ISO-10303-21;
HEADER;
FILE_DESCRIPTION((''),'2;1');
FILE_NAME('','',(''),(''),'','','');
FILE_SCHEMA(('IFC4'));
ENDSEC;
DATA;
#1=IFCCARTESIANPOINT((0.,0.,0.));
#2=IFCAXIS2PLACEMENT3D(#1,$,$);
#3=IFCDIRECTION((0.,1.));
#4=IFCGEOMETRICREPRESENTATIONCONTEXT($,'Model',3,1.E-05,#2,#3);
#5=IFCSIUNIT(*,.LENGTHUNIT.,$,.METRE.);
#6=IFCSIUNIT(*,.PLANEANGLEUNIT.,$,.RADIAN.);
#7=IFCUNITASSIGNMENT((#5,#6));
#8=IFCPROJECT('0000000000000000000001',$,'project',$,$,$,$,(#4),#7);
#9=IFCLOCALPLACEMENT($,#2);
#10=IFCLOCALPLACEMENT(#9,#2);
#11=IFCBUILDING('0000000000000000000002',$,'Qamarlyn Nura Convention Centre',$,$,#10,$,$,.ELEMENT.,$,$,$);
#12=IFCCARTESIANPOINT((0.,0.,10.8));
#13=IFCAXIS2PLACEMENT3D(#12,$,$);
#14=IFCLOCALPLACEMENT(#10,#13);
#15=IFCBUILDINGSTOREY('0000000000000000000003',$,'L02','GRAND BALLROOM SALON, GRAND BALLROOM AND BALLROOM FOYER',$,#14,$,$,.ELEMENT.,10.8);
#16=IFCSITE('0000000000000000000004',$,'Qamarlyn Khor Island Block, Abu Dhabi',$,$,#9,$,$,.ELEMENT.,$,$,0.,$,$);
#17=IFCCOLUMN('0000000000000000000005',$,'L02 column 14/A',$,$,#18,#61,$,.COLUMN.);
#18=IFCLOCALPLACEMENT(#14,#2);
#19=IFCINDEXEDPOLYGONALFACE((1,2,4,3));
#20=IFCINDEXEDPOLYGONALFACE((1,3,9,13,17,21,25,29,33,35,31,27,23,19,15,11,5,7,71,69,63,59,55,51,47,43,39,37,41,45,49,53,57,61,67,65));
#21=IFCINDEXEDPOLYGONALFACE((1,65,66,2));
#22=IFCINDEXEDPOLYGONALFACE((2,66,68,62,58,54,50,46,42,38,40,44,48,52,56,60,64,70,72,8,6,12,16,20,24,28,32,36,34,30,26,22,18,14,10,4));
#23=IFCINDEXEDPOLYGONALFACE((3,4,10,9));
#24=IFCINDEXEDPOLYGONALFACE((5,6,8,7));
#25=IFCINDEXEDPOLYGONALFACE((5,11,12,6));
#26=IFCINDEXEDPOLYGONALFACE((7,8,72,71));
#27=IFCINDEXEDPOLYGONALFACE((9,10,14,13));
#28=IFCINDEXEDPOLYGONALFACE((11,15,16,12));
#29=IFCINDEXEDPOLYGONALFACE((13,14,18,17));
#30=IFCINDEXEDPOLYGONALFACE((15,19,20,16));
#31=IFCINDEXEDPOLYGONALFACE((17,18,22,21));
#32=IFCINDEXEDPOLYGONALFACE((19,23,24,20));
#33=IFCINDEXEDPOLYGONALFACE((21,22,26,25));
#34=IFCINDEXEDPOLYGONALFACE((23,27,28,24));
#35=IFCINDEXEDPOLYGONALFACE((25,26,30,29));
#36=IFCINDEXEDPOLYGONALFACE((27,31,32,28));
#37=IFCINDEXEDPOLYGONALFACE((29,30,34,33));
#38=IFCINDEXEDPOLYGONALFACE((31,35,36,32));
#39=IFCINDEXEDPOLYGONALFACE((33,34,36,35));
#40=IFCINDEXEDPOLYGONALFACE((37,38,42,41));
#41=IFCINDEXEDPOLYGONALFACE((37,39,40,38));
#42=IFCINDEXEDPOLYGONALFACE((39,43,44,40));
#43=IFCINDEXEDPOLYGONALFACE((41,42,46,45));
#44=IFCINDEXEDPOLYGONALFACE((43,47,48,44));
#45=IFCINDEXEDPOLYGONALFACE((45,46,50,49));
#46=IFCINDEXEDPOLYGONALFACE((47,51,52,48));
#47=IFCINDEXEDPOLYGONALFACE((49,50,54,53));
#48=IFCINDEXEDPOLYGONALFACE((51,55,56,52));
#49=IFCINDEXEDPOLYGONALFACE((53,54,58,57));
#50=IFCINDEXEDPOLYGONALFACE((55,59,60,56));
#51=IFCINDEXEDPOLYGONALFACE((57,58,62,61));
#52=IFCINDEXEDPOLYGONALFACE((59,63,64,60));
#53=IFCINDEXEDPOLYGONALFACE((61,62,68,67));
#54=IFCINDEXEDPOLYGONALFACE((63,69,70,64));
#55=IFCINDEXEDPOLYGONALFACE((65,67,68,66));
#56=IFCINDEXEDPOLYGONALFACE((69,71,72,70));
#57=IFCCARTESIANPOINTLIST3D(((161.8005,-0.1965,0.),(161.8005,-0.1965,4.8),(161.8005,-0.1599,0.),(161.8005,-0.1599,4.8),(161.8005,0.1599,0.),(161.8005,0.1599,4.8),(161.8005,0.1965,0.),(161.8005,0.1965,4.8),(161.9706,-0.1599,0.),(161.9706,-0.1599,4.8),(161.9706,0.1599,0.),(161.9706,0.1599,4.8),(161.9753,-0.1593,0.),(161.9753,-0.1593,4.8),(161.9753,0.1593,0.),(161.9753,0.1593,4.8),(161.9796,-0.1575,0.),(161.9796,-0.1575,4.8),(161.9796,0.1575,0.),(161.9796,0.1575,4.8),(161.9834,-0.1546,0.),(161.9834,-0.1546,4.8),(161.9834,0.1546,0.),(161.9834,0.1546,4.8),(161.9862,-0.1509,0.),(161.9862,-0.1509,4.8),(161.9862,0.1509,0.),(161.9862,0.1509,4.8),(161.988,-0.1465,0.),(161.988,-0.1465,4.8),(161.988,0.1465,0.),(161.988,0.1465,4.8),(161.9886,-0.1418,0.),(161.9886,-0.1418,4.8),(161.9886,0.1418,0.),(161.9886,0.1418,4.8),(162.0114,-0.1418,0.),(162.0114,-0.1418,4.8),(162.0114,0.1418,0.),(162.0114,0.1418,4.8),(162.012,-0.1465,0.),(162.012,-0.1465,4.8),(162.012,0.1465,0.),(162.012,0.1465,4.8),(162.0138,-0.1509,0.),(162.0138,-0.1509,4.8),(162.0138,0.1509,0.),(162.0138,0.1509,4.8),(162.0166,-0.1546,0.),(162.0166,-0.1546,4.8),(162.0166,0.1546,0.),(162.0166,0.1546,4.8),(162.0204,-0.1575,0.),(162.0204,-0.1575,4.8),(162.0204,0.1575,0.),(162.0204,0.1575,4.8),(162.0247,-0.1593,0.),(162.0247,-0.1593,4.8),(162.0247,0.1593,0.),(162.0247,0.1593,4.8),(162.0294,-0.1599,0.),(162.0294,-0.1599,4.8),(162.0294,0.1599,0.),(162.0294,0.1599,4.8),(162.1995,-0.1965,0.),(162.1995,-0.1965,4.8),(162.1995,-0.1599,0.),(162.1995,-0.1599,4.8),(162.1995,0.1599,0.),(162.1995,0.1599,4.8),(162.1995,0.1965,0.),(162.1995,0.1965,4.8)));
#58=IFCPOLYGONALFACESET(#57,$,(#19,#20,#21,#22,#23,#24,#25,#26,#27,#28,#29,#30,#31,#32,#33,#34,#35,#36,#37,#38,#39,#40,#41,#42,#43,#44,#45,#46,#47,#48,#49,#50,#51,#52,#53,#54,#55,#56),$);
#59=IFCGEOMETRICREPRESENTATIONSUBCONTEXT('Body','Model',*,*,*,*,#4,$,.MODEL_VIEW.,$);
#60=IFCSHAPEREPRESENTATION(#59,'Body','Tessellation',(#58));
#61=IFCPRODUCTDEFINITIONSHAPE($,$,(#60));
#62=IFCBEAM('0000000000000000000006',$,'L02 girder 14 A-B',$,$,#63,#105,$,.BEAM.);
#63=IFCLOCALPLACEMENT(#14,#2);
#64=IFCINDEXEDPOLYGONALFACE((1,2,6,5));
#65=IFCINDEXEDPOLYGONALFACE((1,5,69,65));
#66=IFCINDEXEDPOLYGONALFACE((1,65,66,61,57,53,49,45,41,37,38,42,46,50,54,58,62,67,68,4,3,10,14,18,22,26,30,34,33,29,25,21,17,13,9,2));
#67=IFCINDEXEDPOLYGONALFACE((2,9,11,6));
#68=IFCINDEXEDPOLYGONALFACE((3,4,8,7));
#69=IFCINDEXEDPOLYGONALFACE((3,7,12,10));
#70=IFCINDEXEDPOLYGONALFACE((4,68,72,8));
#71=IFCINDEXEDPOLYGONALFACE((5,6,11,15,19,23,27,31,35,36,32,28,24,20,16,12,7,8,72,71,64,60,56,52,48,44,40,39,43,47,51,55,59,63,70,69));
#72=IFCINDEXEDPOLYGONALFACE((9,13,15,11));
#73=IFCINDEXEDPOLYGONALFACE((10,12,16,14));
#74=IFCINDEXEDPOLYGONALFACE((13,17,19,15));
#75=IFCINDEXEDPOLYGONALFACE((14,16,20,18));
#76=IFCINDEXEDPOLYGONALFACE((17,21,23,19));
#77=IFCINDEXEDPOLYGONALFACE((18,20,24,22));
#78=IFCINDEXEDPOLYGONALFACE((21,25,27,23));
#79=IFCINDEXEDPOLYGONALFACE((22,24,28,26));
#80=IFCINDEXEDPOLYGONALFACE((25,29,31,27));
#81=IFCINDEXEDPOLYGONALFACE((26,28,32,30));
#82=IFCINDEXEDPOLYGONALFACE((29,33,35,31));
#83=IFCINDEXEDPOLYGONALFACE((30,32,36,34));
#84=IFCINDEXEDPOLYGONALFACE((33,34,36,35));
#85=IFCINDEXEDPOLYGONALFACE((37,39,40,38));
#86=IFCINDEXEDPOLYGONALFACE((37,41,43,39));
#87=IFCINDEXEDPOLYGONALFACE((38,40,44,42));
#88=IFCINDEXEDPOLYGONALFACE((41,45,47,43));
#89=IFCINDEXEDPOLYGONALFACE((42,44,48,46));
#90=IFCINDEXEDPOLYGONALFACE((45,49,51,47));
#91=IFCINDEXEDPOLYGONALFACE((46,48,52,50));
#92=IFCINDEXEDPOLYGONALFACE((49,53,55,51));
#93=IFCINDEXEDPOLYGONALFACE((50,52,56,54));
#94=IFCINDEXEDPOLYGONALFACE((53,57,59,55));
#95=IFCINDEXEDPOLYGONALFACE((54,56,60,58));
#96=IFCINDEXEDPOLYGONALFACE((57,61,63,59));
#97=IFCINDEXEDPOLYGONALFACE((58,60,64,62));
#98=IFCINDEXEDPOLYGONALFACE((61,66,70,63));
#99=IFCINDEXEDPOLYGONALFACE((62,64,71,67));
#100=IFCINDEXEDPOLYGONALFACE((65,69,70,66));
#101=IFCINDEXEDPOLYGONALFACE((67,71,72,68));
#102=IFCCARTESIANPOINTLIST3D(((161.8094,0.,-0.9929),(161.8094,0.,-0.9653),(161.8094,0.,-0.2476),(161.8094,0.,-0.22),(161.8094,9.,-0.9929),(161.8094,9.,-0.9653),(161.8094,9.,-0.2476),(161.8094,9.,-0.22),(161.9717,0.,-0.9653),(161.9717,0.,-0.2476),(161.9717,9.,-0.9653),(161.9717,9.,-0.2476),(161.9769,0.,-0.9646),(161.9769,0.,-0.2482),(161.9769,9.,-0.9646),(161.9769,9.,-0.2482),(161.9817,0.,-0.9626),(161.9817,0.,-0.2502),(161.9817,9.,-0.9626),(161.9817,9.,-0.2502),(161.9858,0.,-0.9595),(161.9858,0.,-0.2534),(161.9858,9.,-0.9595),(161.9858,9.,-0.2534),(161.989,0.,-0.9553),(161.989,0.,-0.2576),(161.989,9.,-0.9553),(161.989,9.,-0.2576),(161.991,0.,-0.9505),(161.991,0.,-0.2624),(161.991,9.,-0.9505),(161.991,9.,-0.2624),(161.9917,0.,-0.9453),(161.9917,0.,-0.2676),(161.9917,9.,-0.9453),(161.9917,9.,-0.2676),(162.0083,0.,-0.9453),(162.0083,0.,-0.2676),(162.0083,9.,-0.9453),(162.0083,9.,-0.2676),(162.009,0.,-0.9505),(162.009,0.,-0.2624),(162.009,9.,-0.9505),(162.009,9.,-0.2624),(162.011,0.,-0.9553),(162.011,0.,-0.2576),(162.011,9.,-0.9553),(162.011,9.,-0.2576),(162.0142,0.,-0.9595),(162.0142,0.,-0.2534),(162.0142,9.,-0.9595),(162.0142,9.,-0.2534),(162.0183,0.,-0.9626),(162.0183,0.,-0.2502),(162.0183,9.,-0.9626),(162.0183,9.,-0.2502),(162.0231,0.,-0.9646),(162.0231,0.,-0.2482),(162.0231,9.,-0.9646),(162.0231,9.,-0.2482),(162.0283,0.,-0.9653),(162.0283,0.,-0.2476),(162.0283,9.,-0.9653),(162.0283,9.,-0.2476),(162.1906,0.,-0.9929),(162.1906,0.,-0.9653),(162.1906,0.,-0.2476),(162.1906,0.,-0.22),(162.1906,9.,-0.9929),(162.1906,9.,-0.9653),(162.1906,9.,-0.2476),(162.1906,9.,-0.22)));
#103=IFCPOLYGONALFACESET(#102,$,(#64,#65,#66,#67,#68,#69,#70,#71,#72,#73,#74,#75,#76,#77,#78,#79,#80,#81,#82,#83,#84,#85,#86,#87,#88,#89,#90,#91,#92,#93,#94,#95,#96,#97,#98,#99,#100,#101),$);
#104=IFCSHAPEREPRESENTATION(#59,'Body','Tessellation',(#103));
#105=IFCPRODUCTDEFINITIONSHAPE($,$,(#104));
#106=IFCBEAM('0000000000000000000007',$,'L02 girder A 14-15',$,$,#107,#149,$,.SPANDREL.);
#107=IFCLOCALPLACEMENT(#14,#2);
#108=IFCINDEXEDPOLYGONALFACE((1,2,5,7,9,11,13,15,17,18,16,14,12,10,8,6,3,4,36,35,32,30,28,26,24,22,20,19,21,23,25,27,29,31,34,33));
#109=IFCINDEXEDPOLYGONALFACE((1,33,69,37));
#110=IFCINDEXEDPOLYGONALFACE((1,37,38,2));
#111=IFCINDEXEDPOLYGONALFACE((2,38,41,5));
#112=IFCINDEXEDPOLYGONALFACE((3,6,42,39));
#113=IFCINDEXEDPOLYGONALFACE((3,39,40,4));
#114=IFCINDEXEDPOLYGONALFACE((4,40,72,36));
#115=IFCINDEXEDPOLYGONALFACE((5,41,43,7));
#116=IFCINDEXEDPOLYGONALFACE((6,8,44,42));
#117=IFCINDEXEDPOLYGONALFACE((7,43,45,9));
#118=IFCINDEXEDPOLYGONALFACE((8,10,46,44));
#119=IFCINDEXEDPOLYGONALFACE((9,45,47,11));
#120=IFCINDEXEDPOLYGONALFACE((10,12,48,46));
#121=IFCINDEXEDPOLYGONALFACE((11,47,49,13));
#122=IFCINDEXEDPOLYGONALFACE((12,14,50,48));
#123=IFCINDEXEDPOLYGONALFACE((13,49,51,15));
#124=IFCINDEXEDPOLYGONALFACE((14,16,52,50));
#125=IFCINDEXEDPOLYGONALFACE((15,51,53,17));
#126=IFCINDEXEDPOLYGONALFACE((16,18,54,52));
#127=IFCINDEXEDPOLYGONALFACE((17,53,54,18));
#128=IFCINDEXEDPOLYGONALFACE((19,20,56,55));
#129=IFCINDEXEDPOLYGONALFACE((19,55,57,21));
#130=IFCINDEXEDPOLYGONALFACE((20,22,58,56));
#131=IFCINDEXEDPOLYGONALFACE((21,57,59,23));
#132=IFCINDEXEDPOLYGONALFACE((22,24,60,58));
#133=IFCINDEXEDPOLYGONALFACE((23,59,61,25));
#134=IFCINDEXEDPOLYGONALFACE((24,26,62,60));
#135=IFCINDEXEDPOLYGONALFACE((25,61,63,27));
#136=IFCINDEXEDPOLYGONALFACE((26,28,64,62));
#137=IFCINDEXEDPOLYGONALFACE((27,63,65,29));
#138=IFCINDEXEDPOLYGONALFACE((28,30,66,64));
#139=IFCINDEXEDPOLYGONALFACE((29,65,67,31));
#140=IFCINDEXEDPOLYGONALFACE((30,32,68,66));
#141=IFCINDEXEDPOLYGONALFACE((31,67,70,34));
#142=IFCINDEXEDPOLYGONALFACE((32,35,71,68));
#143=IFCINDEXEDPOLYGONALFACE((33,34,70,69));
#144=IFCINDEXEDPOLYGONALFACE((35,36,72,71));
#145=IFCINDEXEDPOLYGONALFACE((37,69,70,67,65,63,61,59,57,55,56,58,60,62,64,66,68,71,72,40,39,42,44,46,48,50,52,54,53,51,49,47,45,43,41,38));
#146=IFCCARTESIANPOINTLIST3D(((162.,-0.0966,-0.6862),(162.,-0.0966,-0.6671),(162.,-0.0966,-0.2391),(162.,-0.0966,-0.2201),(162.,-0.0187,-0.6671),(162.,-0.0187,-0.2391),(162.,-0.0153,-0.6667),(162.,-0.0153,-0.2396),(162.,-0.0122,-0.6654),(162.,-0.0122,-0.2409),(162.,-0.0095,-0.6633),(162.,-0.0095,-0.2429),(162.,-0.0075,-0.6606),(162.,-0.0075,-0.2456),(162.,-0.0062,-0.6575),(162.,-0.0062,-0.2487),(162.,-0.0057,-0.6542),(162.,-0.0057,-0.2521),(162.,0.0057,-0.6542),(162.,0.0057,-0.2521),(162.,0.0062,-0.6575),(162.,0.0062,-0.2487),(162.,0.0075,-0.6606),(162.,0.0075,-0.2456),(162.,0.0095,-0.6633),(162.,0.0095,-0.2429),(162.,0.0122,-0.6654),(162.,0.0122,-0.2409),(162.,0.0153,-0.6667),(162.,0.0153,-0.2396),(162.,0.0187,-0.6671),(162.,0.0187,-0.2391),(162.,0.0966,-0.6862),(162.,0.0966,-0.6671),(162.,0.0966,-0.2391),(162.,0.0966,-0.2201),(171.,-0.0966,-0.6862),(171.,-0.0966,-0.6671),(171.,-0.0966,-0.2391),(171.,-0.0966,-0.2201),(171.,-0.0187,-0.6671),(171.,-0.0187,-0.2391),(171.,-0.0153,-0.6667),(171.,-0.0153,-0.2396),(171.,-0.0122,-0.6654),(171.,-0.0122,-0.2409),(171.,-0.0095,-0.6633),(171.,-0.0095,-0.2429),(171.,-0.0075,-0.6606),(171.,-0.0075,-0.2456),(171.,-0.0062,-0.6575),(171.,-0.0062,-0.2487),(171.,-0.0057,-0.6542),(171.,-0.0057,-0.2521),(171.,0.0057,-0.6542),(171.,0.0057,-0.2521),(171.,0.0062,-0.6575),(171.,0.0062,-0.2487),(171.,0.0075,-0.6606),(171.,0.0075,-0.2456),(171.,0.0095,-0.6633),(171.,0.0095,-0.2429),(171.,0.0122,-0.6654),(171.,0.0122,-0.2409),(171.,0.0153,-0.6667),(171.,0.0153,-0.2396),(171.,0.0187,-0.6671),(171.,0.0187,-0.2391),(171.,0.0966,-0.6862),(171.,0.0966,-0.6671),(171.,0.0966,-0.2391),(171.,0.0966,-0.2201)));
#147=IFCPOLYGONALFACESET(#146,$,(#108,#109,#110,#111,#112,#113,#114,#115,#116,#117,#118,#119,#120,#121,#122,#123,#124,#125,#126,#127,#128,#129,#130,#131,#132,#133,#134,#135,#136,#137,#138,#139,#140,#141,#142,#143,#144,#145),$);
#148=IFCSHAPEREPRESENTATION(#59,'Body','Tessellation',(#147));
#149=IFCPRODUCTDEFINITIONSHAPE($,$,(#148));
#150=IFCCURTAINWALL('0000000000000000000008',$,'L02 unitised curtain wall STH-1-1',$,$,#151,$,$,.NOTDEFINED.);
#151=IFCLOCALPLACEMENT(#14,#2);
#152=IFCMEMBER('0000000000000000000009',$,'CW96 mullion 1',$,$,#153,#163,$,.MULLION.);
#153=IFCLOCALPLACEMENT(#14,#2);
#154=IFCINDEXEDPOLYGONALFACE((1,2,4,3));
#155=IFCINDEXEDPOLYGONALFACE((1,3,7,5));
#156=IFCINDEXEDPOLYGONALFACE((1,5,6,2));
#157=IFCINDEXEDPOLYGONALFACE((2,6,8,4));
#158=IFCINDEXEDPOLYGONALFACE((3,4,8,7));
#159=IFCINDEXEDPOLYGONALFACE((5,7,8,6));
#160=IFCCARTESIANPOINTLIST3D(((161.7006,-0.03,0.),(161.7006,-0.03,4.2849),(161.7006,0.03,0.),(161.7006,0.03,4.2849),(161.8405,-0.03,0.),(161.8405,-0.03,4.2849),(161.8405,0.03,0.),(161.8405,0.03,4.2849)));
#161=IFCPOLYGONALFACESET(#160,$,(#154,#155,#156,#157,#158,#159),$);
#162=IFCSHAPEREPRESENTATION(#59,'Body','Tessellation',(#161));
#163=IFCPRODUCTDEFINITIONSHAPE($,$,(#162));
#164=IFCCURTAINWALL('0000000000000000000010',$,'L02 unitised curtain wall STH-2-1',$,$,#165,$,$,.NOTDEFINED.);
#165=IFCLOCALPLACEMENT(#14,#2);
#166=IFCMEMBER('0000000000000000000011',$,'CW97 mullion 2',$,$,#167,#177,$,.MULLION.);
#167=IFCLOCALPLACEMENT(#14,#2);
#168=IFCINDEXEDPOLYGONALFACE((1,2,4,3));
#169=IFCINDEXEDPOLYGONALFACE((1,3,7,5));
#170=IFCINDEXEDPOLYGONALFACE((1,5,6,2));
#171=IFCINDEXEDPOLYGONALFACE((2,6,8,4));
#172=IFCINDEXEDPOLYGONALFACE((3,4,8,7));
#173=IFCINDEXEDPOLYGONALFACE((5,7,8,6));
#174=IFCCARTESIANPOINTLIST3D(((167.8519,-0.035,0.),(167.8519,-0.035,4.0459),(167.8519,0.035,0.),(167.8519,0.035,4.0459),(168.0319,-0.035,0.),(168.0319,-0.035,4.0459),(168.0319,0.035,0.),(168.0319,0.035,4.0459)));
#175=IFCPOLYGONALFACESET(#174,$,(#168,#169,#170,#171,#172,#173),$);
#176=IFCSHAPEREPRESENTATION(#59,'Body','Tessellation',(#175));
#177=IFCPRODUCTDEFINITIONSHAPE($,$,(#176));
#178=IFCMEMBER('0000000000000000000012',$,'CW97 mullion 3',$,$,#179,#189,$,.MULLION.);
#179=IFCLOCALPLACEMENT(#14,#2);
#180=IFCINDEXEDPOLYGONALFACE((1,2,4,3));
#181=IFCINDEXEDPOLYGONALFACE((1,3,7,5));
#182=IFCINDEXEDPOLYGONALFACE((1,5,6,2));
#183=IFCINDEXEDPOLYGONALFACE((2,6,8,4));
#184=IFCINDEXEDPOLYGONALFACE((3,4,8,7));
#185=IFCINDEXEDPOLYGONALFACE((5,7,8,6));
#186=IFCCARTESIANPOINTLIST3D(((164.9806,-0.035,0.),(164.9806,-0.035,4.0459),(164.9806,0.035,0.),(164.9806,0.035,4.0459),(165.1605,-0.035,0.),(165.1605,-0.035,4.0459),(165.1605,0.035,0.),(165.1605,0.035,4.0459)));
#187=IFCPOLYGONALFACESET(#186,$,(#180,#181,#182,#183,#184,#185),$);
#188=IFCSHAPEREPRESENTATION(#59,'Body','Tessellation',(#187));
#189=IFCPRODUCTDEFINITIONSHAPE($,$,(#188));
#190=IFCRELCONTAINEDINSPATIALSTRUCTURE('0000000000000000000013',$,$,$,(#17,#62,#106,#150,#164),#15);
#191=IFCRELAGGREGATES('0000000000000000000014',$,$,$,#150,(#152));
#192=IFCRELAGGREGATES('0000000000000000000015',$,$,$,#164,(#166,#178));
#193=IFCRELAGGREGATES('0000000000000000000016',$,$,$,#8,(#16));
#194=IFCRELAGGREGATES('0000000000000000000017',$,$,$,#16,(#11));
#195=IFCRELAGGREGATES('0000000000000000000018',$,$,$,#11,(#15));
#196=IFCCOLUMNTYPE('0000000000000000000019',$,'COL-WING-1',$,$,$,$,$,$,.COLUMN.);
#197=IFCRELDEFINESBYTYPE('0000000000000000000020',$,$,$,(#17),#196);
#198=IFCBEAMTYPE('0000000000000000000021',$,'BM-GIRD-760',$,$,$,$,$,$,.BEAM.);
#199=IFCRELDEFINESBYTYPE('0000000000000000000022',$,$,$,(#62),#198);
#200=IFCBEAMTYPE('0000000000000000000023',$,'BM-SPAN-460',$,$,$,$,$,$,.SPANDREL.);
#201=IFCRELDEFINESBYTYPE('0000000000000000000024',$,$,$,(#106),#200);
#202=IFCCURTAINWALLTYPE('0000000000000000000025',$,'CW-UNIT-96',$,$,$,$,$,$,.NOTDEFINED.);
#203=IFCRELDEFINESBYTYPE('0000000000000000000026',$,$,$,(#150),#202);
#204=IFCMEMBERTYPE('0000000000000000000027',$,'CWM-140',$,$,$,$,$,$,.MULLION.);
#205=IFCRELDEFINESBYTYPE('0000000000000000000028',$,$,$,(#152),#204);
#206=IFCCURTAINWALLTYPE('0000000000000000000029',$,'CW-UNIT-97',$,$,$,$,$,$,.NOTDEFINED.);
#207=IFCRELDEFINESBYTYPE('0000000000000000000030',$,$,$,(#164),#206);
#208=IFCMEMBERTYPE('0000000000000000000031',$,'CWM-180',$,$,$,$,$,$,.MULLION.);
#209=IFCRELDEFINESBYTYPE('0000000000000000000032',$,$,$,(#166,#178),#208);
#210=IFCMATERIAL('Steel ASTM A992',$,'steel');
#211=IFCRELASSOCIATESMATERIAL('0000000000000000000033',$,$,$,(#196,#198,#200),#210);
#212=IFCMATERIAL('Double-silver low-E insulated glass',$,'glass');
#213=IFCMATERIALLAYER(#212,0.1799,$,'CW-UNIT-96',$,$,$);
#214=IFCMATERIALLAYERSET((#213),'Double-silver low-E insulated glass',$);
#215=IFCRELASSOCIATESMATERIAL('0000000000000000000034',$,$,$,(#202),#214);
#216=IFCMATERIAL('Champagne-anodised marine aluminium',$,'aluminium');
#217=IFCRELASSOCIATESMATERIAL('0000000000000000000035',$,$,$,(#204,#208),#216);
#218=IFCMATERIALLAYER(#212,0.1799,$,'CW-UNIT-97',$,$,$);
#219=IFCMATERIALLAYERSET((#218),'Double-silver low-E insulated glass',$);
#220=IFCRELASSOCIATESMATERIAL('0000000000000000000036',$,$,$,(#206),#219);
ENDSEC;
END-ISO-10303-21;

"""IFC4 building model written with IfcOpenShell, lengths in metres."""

from ifc_helpers import new_model, si_unit, direction, frame, origin, origin_2d, place, context, subcontext, project, spatial, rectangle, i_section, extrude, material, layer, layer_set, material_profile, profile_set, type_object, element, aggregate, save


model = new_model("IFC4")

# Units and contexts
model_context = context("Model", 3, precision=1e-05, world=origin(), true_north=direction((0.0, 1.0)))
body_context = subcontext(model_context, "Body", "Model", "MODEL_VIEW")
ifc_project = project(units=[si_unit("LENGTHUNIT", "METRE"), si_unit("PLANEANGLEUNIT", "RADIAN")], contexts=[model_context])

# Site, building, storey
site_placement = place(None, origin())
site = spatial("IfcSite", under=ifc_project, at=site_placement, Name="Qamarlyn Khor Island Block, Abu Dhabi", CompositionType="ELEMENT", RefElevation=0.0)
building_placement = place(site_placement, origin())
building = spatial("IfcBuilding", under=site, at=building_placement, Name="Qamarlyn Nura Convention Centre", CompositionType="ELEMENT")
storey_placement = place(building_placement, frame((0.0, 0.0, 10.8)))
storey = spatial("IfcBuildingStorey", under=building, at=storey_placement, Name="L02", Description="GRAND BALLROOM SALON, GRAND BALLROOM AND BALLROOM FOYER", CompositionType="ELEMENT", Elevation=10.8)

# Column
ifc_material_1 = material(Name="Steel ASTM A992", Category="steel")
ifc_material_profile_1 = material_profile(ifc_material_1, i_section(OverallWidth=0.3989, OverallDepth=0.3931, WebThickness=0.0227, FlangeThickness=0.0366, FilletRadius=0.0181, at=origin_2d()), Name="W360X287")
ifc_profile_set_1 = profile_set([ifc_material_profile_1], Name="Steel ASTM A992")
column_type = type_object("IfcColumnType", Name="COL-WING-1", PredefinedType="COLUMN", material=ifc_profile_set_1)
column_placement = place(storey_placement, frame((162.0, 0.0, 0.0), z_axis=(0.0, 0.0, 1.0), x_axis=(1.0, 0.0, 0.0)))
element("IfcColumn", 1, at=column_placement, inside=storey, type_object=column_type, Name="L02 column 14/A", PredefinedType="COLUMN", context=body_context, shape_type="SweptSolid", body=[
    extrude(i_section(OverallWidth=0.3989, OverallDepth=0.3931, WebThickness=0.0227, FlangeThickness=0.0366, FilletRadius=0.0181, at=origin_2d()), origin(), (0.0, 0.0, 1.0), 4.8),
])

# Beams
ifc_material_profile_2 = material_profile(ifc_material_1, i_section(OverallWidth=0.3811, OverallDepth=0.7729, WebThickness=0.0166, FlangeThickness=0.0276, FilletRadius=0.02, at=origin_2d()), Name="W760X257")
ifc_profile_set_2 = profile_set([ifc_material_profile_2], Name="Steel ASTM A992")
beam_type_1 = type_object("IfcBeamType", Name="BM-GIRD-760", PredefinedType="BEAM", material=ifc_profile_set_2)
beam_1_placement = place(storey_placement, frame((162.0, 0.0, -0.6064), z_axis=(0.0, 1.0, 0.0), x_axis=(-1.0, 0.0, 0.0)))
element("IfcBeam", 2, at=beam_1_placement, inside=storey, type_object=beam_type_1, Name="L02 girder 14 A-B", PredefinedType="BEAM", context=body_context, shape_type="SweptSolid", body=[
    extrude(i_section(OverallWidth=0.3811, OverallDepth=0.7729, WebThickness=0.0166, FlangeThickness=0.0276, FilletRadius=0.02, at=origin_2d()), origin(), (0.0, 0.0, 1.0), 9.0),
])
ifc_material_profile_3 = material_profile(ifc_material_1, i_section(OverallWidth=0.1931, OverallDepth=0.4661, WebThickness=0.0115, FlangeThickness=0.019, FilletRadius=0.0129, at=origin_2d()), Name="W460X97")
ifc_profile_set_3 = profile_set([ifc_material_profile_3], Name="Steel ASTM A992")
beam_type_2 = type_object("IfcBeamType", Name="BM-SPAN-460", PredefinedType="SPANDREL", material=ifc_profile_set_3)
beam_2_placement = place(storey_placement, frame((162.0, 0.0, -0.4531), z_axis=(1.0, 0.0, 0.0), x_axis=(0.0, 1.0, 0.0)))
element("IfcBeam", 3, at=beam_2_placement, inside=storey, type_object=beam_type_2, Name="L02 girder A 14-15", PredefinedType="SPANDREL", context=body_context, shape_type="SweptSolid", body=[
    extrude(i_section(OverallWidth=0.1931, OverallDepth=0.4661, WebThickness=0.0115, FlangeThickness=0.019, FilletRadius=0.0129, at=origin_2d()), origin(), (0.0, 0.0, 1.0), 9.0),
])

# Curtain wall, member
ifc_material_2 = material(Name="Double-silver low-E insulated glass", Category="glass")
ifc_layer_1 = layer(ifc_material_2, 0.1799, Name="CW-UNIT-96")
ifc_layer_set_1 = layer_set([ifc_layer_1], Name="Double-silver low-E insulated glass")
curtain_wall_type_1 = type_object("IfcCurtainWallType", Name="CW-UNIT-96", PredefinedType="NOTDEFINED", material=ifc_layer_set_1)
curtain_wall_1_placement = place(storey_placement, origin())
curtain_wall_1 = element("IfcCurtainWall", 4, at=curtain_wall_1_placement, inside=storey, type_object=curtain_wall_type_1, Name="L02 unitised curtain wall STH-1-1", PredefinedType="NOTDEFINED")
ifc_material_3 = material(Name="Champagne-anodised marine aluminium", Category="aluminium")
ifc_material_profile_4 = material_profile(ifc_material_3, rectangle(XDim=0.0601, YDim=0.1399, at=origin_2d()), Name="ALU MULLION 60x140")
ifc_profile_set_4 = profile_set([ifc_material_profile_4], Name="Champagne-anodised marine aluminium")
member_type_1 = type_object("IfcMemberType", Name="CWM-140", PredefinedType="MULLION", material=ifc_profile_set_4)
member_1_placement = place(storey_placement, frame((161.7705, 0.0, 0.0), z_axis=(0.0, 0.0, 1.0), x_axis=(0.0, -1.0, 0.0)))
member_1 = element("IfcMember", 5, at=member_1_placement, type_object=member_type_1, Name="CW96 mullion 1", PredefinedType="MULLION", context=body_context, shape_type="SweptSolid", body=[
    extrude(rectangle(XDim=0.0601, YDim=0.1399, at=origin_2d()), origin(), (0.0, 0.0, 1.0), 4.2849),
])

# Curtain wall, members
ifc_layer_2 = layer(ifc_material_2, 0.1799, Name="CW-UNIT-97")
ifc_layer_set_2 = layer_set([ifc_layer_2], Name="Double-silver low-E insulated glass")
curtain_wall_type_2 = type_object("IfcCurtainWallType", Name="CW-UNIT-97", PredefinedType="NOTDEFINED", material=ifc_layer_set_2)
curtain_wall_2_placement = place(storey_placement, origin())
curtain_wall_2 = element("IfcCurtainWall", 6, at=curtain_wall_2_placement, inside=storey, type_object=curtain_wall_type_2, Name="L02 unitised curtain wall STH-2-1", PredefinedType="NOTDEFINED")
ifc_material_profile_5 = material_profile(ifc_material_3, rectangle(XDim=0.0701, YDim=0.1799, at=origin_2d()), Name="ALU MULLION 70x180")
ifc_profile_set_5 = profile_set([ifc_material_profile_5], Name="Champagne-anodised marine aluminium")
member_type_2 = type_object("IfcMemberType", Name="CWM-180", PredefinedType="MULLION", material=ifc_profile_set_5)
member_2_placement = place(storey_placement, frame((167.9419, 0.0, 0.0), z_axis=(0.0, 0.0, 1.0), x_axis=(0.0, -1.0, 0.0)))
member_2 = element("IfcMember", 7, at=member_2_placement, type_object=member_type_2, Name="CW97 mullion 2", PredefinedType="MULLION", context=body_context, shape_type="SweptSolid", body=[
    extrude(rectangle(XDim=0.0701, YDim=0.1799, at=origin_2d()), origin(), (0.0, 0.0, 1.0), 4.0459),
])
member_3_placement = place(storey_placement, frame((165.0706, 0.0, 0.0), z_axis=(0.0, 0.0, 1.0), x_axis=(0.0, -1.0, 0.0)))
member_3 = element("IfcMember", 8, at=member_3_placement, type_object=member_type_2, Name="CW97 mullion 3", PredefinedType="MULLION", context=body_context, shape_type="SweptSolid", body=[
    extrude(rectangle(XDim=0.0701, YDim=0.1799, at=origin_2d()), origin(), (0.0, 0.0, 1.0), 4.0459),
])

aggregate(curtain_wall_1, [member_1])

aggregate(curtain_wall_2, [member_2, member_3])

save(model, "model.ifc")
